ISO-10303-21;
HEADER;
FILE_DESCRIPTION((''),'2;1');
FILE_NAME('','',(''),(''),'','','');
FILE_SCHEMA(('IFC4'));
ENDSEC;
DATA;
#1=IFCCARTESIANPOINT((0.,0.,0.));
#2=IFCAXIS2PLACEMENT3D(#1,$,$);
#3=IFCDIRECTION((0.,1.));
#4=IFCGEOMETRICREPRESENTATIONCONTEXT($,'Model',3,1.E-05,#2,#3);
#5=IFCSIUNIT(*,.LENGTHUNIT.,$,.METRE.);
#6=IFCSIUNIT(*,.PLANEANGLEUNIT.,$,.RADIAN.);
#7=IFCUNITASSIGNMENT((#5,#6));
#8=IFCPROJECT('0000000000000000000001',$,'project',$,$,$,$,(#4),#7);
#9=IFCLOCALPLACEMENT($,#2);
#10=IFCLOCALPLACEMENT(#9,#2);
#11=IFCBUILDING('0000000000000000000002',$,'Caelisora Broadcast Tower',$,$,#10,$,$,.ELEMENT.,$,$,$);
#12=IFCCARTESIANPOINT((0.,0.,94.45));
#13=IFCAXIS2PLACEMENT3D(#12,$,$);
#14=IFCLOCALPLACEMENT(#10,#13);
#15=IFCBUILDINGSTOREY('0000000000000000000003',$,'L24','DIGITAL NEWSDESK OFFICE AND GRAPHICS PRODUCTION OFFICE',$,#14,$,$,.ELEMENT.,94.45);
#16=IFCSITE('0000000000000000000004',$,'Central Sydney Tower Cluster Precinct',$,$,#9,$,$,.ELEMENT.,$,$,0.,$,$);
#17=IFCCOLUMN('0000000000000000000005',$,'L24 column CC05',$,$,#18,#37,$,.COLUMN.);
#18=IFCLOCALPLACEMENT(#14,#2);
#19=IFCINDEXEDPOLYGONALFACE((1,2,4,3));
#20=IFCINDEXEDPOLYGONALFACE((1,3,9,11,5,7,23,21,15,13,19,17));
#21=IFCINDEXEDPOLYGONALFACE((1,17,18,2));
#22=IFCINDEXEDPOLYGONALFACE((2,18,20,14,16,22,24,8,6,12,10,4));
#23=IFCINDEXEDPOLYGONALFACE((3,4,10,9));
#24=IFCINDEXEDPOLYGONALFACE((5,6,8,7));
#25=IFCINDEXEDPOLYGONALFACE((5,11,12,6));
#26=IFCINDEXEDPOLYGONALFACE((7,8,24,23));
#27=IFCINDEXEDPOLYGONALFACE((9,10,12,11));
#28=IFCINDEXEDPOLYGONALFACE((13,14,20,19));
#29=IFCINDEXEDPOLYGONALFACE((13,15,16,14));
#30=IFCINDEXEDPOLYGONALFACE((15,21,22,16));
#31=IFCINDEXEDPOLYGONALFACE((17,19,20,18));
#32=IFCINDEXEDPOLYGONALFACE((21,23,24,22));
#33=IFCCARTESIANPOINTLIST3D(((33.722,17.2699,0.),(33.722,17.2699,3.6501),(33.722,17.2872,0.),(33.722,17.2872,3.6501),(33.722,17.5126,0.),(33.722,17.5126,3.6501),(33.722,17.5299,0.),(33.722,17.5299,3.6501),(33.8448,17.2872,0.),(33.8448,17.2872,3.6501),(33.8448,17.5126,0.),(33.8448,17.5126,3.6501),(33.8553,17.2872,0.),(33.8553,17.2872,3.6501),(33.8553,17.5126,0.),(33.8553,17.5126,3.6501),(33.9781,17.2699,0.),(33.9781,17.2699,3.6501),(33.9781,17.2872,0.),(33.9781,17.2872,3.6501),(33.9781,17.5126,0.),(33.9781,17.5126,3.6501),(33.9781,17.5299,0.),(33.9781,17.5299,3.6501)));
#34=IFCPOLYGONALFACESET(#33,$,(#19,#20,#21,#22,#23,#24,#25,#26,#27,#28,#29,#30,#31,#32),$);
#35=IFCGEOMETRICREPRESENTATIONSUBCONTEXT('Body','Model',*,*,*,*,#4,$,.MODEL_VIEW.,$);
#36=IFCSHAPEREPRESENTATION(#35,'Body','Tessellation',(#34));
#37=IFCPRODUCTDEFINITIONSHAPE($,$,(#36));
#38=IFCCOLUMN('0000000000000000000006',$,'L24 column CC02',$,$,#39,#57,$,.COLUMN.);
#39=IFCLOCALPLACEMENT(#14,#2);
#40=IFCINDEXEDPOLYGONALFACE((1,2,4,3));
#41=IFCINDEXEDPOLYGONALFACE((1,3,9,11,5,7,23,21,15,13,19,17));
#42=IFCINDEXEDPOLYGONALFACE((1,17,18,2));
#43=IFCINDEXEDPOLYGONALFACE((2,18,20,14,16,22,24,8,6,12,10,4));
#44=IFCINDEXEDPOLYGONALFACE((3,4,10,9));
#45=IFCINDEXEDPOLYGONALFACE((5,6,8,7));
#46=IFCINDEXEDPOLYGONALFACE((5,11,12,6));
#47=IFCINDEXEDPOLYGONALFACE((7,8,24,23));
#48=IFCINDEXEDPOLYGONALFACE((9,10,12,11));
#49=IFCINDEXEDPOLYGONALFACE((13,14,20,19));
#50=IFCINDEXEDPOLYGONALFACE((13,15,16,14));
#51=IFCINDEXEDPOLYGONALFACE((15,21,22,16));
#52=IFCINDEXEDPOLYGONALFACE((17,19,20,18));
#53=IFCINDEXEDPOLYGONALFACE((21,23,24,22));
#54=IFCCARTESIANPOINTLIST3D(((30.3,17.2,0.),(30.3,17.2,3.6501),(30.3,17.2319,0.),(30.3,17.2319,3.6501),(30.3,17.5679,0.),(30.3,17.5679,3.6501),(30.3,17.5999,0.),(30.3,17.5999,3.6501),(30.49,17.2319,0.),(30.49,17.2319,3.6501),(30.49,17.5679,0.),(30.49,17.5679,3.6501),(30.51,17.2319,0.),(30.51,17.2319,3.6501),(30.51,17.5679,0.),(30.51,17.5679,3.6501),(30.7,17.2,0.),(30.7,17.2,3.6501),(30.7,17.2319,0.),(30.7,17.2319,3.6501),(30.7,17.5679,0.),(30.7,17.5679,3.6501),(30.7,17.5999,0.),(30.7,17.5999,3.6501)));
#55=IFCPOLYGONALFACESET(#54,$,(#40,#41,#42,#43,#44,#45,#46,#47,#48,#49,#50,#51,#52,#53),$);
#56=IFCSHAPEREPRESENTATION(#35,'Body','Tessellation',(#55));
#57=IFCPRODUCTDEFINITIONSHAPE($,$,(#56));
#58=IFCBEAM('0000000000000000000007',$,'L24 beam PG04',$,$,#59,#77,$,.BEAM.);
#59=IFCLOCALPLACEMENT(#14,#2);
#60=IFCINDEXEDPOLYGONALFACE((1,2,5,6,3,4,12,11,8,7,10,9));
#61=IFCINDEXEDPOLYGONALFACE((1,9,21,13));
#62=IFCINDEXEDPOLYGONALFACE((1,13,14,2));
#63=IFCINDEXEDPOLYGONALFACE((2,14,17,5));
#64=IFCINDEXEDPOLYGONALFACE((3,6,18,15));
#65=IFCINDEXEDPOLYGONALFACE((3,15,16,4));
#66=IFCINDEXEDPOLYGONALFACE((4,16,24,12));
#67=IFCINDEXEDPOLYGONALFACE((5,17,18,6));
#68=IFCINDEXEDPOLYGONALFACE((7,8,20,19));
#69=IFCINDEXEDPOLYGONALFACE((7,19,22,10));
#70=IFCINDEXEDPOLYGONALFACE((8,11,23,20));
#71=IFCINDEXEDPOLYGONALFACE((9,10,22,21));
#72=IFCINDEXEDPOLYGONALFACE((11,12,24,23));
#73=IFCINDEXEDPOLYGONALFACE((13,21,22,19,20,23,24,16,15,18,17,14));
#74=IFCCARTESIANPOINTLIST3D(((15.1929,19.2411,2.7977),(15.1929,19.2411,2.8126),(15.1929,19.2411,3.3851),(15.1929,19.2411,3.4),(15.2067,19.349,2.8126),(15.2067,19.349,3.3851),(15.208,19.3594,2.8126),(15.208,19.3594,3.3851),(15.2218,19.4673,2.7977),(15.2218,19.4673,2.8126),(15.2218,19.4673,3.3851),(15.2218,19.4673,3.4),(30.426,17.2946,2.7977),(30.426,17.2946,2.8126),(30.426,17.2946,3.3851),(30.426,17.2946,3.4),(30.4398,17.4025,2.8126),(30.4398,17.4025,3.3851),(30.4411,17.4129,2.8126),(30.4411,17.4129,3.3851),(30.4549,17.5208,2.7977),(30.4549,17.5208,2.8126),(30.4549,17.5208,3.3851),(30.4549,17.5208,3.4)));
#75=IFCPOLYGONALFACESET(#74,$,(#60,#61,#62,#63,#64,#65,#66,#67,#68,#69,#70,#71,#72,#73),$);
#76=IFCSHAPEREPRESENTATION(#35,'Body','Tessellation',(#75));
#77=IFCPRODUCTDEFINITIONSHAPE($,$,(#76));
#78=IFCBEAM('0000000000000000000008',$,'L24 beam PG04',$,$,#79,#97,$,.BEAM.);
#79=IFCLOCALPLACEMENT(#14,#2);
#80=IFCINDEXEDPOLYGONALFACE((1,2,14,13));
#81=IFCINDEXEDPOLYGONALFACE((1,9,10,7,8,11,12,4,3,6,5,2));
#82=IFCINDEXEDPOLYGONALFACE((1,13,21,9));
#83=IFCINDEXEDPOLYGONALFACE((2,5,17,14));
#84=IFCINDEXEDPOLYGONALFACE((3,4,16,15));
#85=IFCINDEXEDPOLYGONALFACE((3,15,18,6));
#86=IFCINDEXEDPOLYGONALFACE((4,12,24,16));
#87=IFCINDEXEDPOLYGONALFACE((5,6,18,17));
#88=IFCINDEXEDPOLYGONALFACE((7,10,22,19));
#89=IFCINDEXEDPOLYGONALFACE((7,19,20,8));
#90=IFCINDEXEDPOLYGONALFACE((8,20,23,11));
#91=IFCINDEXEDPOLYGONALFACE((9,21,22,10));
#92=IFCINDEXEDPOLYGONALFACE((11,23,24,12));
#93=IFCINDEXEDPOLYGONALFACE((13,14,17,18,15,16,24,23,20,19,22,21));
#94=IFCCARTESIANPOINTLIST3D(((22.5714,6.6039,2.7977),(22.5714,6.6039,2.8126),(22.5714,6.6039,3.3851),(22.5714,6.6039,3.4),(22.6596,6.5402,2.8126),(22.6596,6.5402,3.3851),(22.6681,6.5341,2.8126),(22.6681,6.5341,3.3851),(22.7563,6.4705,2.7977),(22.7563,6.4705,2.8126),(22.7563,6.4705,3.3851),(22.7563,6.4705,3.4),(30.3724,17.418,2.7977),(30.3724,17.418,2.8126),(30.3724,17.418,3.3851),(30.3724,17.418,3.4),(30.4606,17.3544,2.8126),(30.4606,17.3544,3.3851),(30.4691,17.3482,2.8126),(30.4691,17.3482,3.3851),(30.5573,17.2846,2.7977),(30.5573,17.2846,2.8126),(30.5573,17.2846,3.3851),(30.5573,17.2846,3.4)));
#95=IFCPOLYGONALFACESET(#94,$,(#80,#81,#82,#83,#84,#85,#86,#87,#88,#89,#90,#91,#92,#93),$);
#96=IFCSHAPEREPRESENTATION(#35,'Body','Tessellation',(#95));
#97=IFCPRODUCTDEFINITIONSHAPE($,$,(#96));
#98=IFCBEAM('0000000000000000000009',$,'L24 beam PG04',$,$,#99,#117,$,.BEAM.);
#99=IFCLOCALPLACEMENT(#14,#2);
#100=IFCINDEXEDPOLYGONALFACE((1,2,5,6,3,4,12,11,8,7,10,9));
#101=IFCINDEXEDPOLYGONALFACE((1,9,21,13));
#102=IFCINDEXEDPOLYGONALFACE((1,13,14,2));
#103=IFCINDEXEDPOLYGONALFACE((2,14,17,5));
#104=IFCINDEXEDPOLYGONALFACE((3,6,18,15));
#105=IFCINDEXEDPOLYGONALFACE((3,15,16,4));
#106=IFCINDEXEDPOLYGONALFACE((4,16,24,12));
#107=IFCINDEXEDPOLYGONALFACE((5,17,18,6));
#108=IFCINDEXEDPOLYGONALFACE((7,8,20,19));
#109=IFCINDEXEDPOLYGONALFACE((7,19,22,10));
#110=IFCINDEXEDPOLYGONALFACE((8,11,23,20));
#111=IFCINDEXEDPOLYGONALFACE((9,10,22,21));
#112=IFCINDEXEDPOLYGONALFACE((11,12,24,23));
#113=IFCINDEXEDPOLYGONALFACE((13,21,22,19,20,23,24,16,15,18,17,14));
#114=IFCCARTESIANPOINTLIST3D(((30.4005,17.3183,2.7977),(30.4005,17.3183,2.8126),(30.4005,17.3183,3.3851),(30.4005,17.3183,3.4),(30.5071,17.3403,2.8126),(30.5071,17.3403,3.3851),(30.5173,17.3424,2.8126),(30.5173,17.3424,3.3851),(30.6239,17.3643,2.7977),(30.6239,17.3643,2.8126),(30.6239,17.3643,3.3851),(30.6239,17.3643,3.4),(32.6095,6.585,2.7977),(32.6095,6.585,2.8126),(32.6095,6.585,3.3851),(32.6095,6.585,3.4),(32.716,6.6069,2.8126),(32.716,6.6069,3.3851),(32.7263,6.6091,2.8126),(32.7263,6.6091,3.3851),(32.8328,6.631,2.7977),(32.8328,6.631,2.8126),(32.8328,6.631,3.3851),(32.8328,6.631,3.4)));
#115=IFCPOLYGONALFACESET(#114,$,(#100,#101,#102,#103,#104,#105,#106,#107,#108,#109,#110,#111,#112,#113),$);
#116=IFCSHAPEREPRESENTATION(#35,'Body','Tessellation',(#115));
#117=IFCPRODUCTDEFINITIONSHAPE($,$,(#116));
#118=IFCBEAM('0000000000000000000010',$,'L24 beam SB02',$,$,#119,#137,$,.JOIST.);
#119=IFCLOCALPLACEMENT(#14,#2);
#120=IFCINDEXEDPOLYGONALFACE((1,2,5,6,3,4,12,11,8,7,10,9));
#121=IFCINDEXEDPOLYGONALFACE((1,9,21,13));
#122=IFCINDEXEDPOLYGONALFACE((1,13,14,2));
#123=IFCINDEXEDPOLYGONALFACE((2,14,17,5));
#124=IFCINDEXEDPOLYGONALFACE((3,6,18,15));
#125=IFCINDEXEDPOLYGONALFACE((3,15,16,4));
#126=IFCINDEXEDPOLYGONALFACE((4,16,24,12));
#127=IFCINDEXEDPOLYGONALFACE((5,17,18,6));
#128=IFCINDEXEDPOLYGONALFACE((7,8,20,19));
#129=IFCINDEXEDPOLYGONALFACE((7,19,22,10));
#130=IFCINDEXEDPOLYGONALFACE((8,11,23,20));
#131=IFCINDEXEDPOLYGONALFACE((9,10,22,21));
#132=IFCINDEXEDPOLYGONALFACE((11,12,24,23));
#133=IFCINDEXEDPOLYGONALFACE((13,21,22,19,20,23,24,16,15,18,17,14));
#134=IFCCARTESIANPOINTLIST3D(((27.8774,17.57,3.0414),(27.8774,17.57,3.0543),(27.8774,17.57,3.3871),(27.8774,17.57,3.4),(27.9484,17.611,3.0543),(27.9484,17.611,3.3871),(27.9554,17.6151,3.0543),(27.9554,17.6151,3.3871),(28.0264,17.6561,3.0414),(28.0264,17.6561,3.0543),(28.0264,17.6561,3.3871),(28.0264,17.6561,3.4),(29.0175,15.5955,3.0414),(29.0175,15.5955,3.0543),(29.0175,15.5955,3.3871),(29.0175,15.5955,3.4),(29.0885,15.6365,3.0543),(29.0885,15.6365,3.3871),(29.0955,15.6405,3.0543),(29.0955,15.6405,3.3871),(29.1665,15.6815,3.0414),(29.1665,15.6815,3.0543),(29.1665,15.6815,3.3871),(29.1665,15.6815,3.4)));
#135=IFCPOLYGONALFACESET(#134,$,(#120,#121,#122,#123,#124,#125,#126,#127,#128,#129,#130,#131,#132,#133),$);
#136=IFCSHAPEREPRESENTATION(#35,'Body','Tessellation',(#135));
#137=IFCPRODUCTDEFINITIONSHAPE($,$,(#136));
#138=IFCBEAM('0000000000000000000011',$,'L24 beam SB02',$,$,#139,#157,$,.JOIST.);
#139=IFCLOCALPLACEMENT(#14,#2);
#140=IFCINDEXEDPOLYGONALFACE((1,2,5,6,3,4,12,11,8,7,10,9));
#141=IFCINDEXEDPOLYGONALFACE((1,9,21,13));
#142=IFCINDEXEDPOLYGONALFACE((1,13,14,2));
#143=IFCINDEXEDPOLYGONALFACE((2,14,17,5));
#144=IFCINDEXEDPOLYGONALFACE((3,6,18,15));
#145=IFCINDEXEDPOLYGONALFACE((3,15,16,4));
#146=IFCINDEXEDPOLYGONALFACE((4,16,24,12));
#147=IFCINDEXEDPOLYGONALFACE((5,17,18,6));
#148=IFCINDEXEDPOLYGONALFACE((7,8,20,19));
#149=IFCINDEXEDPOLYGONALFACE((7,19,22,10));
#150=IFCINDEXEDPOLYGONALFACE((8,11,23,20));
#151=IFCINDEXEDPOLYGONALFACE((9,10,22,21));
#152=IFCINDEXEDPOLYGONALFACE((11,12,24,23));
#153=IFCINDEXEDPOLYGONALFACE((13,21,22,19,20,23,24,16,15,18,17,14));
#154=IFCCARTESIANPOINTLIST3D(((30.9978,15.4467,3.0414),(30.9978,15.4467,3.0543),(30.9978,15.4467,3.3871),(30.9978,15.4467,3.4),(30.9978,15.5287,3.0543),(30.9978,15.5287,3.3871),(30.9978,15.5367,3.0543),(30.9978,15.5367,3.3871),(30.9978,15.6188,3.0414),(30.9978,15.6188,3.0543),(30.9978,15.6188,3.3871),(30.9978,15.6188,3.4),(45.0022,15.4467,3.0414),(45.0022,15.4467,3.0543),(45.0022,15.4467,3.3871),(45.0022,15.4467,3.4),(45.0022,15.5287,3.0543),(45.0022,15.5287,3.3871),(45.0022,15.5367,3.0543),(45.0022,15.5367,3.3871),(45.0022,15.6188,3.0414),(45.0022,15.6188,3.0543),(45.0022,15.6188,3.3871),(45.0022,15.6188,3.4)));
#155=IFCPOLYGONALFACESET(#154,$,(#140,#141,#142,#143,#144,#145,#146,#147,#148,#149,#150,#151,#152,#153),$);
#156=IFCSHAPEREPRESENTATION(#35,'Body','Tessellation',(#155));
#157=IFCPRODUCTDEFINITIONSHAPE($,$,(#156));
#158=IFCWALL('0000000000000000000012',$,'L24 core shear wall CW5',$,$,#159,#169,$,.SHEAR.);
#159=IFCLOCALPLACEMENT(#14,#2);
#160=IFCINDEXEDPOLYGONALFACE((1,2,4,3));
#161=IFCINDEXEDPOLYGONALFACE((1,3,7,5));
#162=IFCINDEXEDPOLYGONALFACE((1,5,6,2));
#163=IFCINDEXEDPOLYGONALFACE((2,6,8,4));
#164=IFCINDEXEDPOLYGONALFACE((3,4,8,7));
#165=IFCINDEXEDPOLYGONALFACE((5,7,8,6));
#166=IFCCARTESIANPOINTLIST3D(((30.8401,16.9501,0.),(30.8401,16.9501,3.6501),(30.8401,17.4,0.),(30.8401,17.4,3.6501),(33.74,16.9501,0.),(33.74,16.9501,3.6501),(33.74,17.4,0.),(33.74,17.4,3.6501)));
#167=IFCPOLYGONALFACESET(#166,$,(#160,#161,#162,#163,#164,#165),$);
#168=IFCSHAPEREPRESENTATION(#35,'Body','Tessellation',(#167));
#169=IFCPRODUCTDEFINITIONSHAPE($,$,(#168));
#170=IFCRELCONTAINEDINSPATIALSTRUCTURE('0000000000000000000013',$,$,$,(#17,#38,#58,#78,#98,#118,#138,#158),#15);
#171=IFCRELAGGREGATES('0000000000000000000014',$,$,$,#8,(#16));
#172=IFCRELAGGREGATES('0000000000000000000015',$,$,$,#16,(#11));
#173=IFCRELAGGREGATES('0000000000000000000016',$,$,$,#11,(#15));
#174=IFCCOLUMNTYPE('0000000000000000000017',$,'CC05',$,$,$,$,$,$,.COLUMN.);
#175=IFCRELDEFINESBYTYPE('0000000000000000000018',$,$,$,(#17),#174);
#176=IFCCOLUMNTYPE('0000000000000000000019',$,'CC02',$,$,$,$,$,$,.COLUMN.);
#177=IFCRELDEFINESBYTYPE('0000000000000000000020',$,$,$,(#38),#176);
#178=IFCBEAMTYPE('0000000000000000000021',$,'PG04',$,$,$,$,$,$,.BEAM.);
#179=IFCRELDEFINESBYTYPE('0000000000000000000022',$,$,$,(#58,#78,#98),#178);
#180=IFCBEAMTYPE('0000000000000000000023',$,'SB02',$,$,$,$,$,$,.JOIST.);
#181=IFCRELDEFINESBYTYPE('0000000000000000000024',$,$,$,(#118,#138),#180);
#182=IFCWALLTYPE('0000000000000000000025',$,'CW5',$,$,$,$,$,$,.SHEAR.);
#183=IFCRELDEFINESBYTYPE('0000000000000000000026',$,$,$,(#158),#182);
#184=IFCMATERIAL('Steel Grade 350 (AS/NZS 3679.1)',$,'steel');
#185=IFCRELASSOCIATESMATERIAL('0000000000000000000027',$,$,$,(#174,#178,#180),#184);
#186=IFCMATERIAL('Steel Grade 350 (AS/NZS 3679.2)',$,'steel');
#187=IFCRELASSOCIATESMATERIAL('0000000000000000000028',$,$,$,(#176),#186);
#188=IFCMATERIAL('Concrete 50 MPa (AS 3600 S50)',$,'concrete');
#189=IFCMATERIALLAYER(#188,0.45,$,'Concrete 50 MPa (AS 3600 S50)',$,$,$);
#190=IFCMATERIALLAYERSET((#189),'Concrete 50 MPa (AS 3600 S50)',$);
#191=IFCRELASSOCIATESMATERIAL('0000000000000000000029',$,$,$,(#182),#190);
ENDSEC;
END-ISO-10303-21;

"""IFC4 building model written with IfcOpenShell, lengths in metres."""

from ifc_helpers import new_model, si_unit, direction, frame, frame_2d, origin, origin_2d, place, context, subcontext, project, spatial, rectangle, i_section, extrude, source, transform, mapped, material, layer, layer_set, material_profile, profile_set, type_object, type_shapes, element, save


model = new_model("IFC4")

# Units and contexts
model_context = context("Model", 3, precision=1e-05, world=origin(), true_north=direction((0.0, 1.0)))
body_context = subcontext(model_context, "Body", "Model", "MODEL_VIEW")
ifc_project = project(units=[si_unit("LENGTHUNIT", "METRE"), si_unit("PLANEANGLEUNIT", "RADIAN")], contexts=[model_context])

# Site, building, storey
site_placement = place(None, origin())
site = spatial("IfcSite", under=ifc_project, at=site_placement, Name="Central Sydney Tower Cluster Precinct", CompositionType="ELEMENT", RefElevation=0.0)
building_placement = place(site_placement, origin())
building = spatial("IfcBuilding", under=site, at=building_placement, Name="Caelisora Broadcast Tower", CompositionType="ELEMENT")
storey_placement = place(building_placement, frame((0.0, 0.0, 94.45)))
storey = spatial("IfcBuildingStorey", under=building, at=storey_placement, Name="L24", Description="DIGITAL NEWSDESK OFFICE AND GRAPHICS PRODUCTION OFFICE", CompositionType="ELEMENT", Elevation=94.45)

# Columns
ifc_material_1 = material(Name="Steel Grade 350 (AS/NZS 3679.1)", Category="steel")
ifc_material_profile_1 = material_profile(ifc_material_1, i_section(OverallWidth=0.2561, OverallDepth=0.26, WebThickness=0.0105, FlangeThickness=0.0173, at=origin_2d()), Name="Steel Grade 350 (AS/NZS 3679.1)")
ifc_profile_set_1 = profile_set([ifc_material_profile_1], Name="Steel Grade 350 (AS/NZS 3679.1)")
column_type_1 = type_object("IfcColumnType", Name="CC05", PredefinedType="COLUMN", material=ifc_profile_set_1)
shared_shape_1 = source(origin(), body_context, "Body", "SweptSolid", [
    extrude(i_section(OverallWidth=0.2561, OverallDepth=0.26, WebThickness=0.0105, FlangeThickness=0.0173, at=origin_2d()), origin(), (0.0, 0.0, 1.0), 3.6501),
])
type_shapes(column_type_1, [shared_shape_1])
column_1_placement = place(storey_placement, frame((33.8501, 17.3999, 0.0), z_axis=(0.0, 0.0, 1.0), x_axis=(1.0, 0.0, 0.0)))
element("IfcColumn", 1, at=column_1_placement, inside=storey, type_object=column_type_1, Name="L24 column CC05", PredefinedType="COLUMN", context=body_context, shape_type="MappedRepresentation", body=[
    mapped(shared_shape_1, transform((0.0, 0.0, 0.0), scale=1.0)),
])
ifc_material_2 = material(Name="Steel Grade 350 (AS/NZS 3679.2)", Category="steel")
ifc_material_profile_2 = material_profile(ifc_material_2, i_section(OverallWidth=0.3999, OverallDepth=0.3999, WebThickness=0.02, FlangeThickness=0.032, at=origin_2d()), Name="Steel Grade 350 (AS/NZS 3679.2)")
ifc_profile_set_2 = profile_set([ifc_material_profile_2], Name="Steel Grade 350 (AS/NZS 3679.2)")
column_type_2 = type_object("IfcColumnType", Name="CC02", PredefinedType="COLUMN", material=ifc_profile_set_2)
shared_shape_2 = source(origin(), body_context, "Body", "SweptSolid", [
    extrude(i_section(OverallWidth=0.3999, OverallDepth=0.3999, WebThickness=0.02, FlangeThickness=0.032, at=origin_2d()), origin(), (0.0, 0.0, 1.0), 3.6501),
])
type_shapes(column_type_2, [shared_shape_2])
column_2_placement = place(storey_placement, frame((30.5, 17.3999, 0.0), z_axis=(0.0, 0.0, 1.0), x_axis=(1.0, 0.0, 0.0)))
element("IfcColumn", 2, at=column_2_placement, inside=storey, type_object=column_type_2, Name="L24 column CC02", PredefinedType="COLUMN", context=body_context, shape_type="MappedRepresentation", body=[
    mapped(shared_shape_2, transform((0.0, 0.0, 0.0), scale=1.0)),
])

# Beams
ifc_material_profile_3 = material_profile(ifc_material_1, i_section(OverallWidth=0.228, OverallDepth=0.6023, WebThickness=0.0105, FlangeThickness=0.0149, at=origin_2d()), Name="Steel Grade 350 (AS/NZS 3679.1)")
ifc_profile_set_3 = profile_set([ifc_material_profile_3], Name="Steel Grade 350 (AS/NZS 3679.1)")
beam_type_1 = type_object("IfcBeamType", Name="PG04", PredefinedType="BEAM", material=ifc_profile_set_3)
shared_shape_3 = source(origin(), body_context, "Body", "SweptSolid", [
    extrude(i_section(OverallWidth=0.228, OverallDepth=0.6023, WebThickness=0.0105, FlangeThickness=0.0149, at=origin_2d()), origin(), (0.0, 0.0, 1.0), 15.3569),
])
beam_1_placement = place(storey_placement, frame((30.4404, 17.4077, 3.0989), z_axis=(-0.991934, 0.126752, 0.0), x_axis=(-0.126752, -0.991934, 0.0)))
element("IfcBeam", 3, at=beam_1_placement, inside=storey, type_object=beam_type_1, Name="L24 beam PG04", PredefinedType="BEAM", context=body_context, shape_type="MappedRepresentation", body=[
    mapped(shared_shape_3, transform((0.0, 0.0, 0.0), scale=1.0)),
])
shared_shape_4 = source(origin(), body_context, "Body", "SweptSolid", [
    extrude(i_section(OverallWidth=0.228, OverallDepth=0.6023, WebThickness=0.0105, FlangeThickness=0.0149, at=origin_2d()), origin(), (0.0, 0.0, 1.0), 13.3342),
])
beam_2_placement = place(storey_placement, frame((30.4648, 17.3513, 3.0989), z_axis=(-0.585035, -0.811008, 0.0), x_axis=(0.811008, -0.585035, 0.0)))
element("IfcBeam", 4, at=beam_2_placement, inside=storey, type_object=beam_type_1, Name="L24 beam PG04", PredefinedType="BEAM", context=body_context, shape_type="MappedRepresentation", body=[
    mapped(shared_shape_4, transform((0.0, 0.0, 0.0), scale=1.0)),
])
shared_shape_5 = source(origin(), body_context, "Body", "SweptSolid", [
    extrude(i_section(OverallWidth=0.228, OverallDepth=0.6023, WebThickness=0.0105, FlangeThickness=0.0149, at=origin_2d()), origin(), (0.0, 0.0, 1.0), 10.9583),
])
type_shapes(beam_type_1, [shared_shape_3, shared_shape_4, shared_shape_5])
beam_3_placement = place(storey_placement, frame((30.5122, 17.3413, 3.0989), z_axis=(0.20158, -0.979472, 0.0), x_axis=(0.979472, 0.20158, 0.0)))
element("IfcBeam", 5, at=beam_3_placement, inside=storey, type_object=beam_type_1, Name="L24 beam PG04", PredefinedType="BEAM", context=body_context, shape_type="MappedRepresentation", body=[
    mapped(shared_shape_5, transform((0.0, 0.0, 0.0), scale=1.0)),
])
ifc_material_profile_4 = material_profile(ifc_material_1, i_section(OverallWidth=0.1721, OverallDepth=0.3586, WebThickness=0.0081, FlangeThickness=0.0129, at=origin_2d()), Name="Steel Grade 350 (AS/NZS 3679.1)")
ifc_profile_set_4 = profile_set([ifc_material_profile_4], Name="Steel Grade 350 (AS/NZS 3679.1)")
beam_type_2 = type_object("IfcBeamType", Name="SB02", PredefinedType="JOIST", material=ifc_profile_set_4)
shared_shape_6 = source(origin(), body_context, "Body", "SweptSolid", [
    extrude(i_section(OverallWidth=0.1721, OverallDepth=0.3586, WebThickness=0.0081, FlangeThickness=0.0129, at=origin_2d()), origin(), (0.0, 0.0, 1.0), 2.28),
])
beam_4_placement = place(storey_placement, frame((27.9519, 17.613, 3.2207), z_axis=(0.500031, -0.866007, 0.0), x_axis=(0.866007, 0.500031, 0.0)))
element("IfcBeam", 6, at=beam_4_placement, inside=storey, type_object=beam_type_2, Name="L24 beam SB02", PredefinedType="JOIST", context=body_context, shape_type="MappedRepresentation", body=[
    mapped(shared_shape_6, transform((0.0, 0.0, 0.0), scale=1.0)),
])
shared_shape_7 = source(origin(), body_context, "Body", "SweptSolid", [
    extrude(i_section(OverallWidth=0.1721, OverallDepth=0.3586, WebThickness=0.0081, FlangeThickness=0.0129, at=origin_2d()), origin(), (0.0, 0.0, 1.0), 14.0044),
])
type_shapes(beam_type_2, [shared_shape_6, shared_shape_7])
beam_5_placement = place(storey_placement, frame((30.9978, 15.5327, 3.2207), z_axis=(1.0, 0.0, 0.0), x_axis=(0.0, 1.0, 0.0)))
element("IfcBeam", 7, at=beam_5_placement, inside=storey, type_object=beam_type_2, Name="L24 beam SB02", PredefinedType="JOIST", context=body_context, shape_type="MappedRepresentation", body=[
    mapped(shared_shape_7, transform((0.0, 0.0, 0.0), scale=1.0)),
])

# Shared definitions
ifc_material_3 = material(Name="Concrete 50 MPa (AS 3600 S50)", Category="concrete")

# Wall
ifc_layer_1 = layer(ifc_material_3, 0.45, Name="Concrete 50 MPa (AS 3600 S50)")
ifc_layer_set_1 = layer_set([ifc_layer_1], Name="Concrete 50 MPa (AS 3600 S50)")
wall_type_1 = type_object("IfcWallType", Name="CW5", PredefinedType="SHEAR", material=ifc_layer_set_1)
wall_1_placement = place(storey_placement, frame((30.8401, 17.175, 0.0), z_axis=(0.0, 0.0, 1.0), x_axis=(1.0, 0.0, 0.0)))
element("IfcWall", 8, at=wall_1_placement, inside=storey, type_object=wall_type_1, Name="L24 core shear wall CW5", PredefinedType="SHEAR", context=body_context, shape_type="SweptSolid", body=[
    extrude(rectangle(XDim=2.8999, YDim=0.45, at=frame_2d((1.45, 0.0))), origin(), (0.0, 0.0, 1.0), 3.6501),
])

save(model, "model.ifc")
